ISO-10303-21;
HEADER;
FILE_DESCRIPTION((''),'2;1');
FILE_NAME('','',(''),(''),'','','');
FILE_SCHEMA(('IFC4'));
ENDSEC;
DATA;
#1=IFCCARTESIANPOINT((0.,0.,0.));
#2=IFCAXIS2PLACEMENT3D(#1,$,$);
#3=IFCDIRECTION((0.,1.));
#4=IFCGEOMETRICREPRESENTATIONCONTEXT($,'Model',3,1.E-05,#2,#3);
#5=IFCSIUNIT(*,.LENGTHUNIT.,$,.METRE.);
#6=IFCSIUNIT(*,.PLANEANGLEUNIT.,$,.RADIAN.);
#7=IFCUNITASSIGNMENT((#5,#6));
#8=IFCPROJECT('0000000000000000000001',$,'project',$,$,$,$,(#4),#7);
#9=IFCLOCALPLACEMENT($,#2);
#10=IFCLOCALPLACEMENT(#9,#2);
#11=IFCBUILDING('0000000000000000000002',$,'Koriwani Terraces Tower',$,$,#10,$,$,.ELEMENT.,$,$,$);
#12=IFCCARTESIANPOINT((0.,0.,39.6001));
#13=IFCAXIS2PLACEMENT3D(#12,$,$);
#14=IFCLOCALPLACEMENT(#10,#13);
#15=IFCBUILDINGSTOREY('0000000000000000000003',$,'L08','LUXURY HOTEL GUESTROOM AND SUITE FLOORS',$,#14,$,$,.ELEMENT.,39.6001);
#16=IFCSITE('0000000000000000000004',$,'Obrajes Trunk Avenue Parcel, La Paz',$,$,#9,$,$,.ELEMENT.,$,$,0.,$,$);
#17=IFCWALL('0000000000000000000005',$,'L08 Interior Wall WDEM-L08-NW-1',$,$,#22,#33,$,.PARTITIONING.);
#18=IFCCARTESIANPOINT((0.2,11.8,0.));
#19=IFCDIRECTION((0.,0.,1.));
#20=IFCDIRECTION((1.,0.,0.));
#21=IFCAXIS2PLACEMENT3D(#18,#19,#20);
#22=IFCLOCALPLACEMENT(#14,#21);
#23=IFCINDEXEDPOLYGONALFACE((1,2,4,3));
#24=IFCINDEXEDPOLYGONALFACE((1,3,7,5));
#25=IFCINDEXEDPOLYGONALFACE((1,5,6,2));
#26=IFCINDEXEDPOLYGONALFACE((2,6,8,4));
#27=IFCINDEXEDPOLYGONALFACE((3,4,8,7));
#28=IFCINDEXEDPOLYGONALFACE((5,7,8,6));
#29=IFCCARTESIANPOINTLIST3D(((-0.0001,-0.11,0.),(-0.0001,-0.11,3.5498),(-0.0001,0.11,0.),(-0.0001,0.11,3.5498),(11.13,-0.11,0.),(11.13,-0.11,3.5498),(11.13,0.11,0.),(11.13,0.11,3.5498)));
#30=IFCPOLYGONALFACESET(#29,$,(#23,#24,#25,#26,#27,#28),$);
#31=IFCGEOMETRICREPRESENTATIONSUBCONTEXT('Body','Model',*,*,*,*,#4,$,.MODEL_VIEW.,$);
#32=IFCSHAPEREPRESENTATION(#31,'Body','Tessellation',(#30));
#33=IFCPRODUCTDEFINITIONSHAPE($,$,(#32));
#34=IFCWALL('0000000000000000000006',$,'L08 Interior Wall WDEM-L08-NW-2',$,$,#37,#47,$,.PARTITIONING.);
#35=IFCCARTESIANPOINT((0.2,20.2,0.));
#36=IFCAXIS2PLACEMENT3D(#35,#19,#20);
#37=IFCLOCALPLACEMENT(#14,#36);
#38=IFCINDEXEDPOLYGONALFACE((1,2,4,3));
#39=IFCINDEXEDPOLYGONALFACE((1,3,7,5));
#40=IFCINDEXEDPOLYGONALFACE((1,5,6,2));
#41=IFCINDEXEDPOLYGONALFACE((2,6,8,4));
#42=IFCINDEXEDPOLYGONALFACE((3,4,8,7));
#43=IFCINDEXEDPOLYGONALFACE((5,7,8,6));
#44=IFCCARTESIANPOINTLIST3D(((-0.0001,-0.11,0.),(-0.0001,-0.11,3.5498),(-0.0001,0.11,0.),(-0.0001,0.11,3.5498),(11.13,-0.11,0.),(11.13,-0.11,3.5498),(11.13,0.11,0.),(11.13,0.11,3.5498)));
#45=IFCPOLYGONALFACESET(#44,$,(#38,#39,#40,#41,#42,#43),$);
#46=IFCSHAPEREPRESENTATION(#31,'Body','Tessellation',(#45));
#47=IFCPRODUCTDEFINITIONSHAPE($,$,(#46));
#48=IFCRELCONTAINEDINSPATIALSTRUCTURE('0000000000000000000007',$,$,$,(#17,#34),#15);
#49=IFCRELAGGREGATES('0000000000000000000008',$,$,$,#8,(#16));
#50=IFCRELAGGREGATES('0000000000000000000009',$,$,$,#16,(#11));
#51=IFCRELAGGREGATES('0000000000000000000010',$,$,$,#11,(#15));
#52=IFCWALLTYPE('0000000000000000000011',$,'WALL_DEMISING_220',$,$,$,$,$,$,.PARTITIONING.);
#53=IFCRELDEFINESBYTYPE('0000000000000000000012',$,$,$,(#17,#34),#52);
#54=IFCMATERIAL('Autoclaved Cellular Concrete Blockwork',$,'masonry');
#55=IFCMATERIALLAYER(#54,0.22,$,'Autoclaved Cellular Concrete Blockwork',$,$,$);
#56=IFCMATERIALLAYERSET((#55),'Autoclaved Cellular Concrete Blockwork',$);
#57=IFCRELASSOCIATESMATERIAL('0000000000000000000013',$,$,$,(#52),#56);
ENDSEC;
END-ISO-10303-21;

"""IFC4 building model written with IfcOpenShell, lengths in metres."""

from ifc_helpers import new_model, si_unit, direction, frame, frame_2d, origin, place, context, subcontext, project, spatial, rectangle, extrude, material, layer, layer_set, type_object, element, save


model = new_model("IFC4")

# Units and contexts
model_context = context("Model", 3, precision=1e-05, world=origin(), true_north=direction((0.0, 1.0)))
body_context = subcontext(model_context, "Body", "Model", "MODEL_VIEW")
ifc_project = project(units=[si_unit("LENGTHUNIT", "METRE"), si_unit("PLANEANGLEUNIT", "RADIAN")], contexts=[model_context])

# Site, building, storey
site_placement = place(None, origin())
site = spatial("IfcSite", under=ifc_project, at=site_placement, Name="Obrajes Trunk Avenue Parcel, La Paz", CompositionType="ELEMENT", RefElevation=0.0)
building_placement = place(site_placement, origin())
building = spatial("IfcBuilding", under=site, at=building_placement, Name="Koriwani Terraces Tower", CompositionType="ELEMENT")
storey_placement = place(building_placement, frame((0.0, 0.0, 39.6001)))
storey = spatial("IfcBuildingStorey", under=building, at=storey_placement, Name="L08", Description="LUXURY HOTEL GUESTROOM AND SUITE FLOORS", CompositionType="ELEMENT", Elevation=39.6001)

# Shared definitions
ifc_material_1 = material(Name="Autoclaved Cellular Concrete Blockwork", Category="masonry")

# Walls
ifc_layer_1 = layer(ifc_material_1, 0.22, Name="Autoclaved Cellular Concrete Blockwork")
ifc_layer_set_1 = layer_set([ifc_layer_1], Name="Autoclaved Cellular Concrete Blockwork")
wall_type_1 = type_object("IfcWallType", Name="WALL_DEMISING_220", PredefinedType="PARTITIONING", material=ifc_layer_set_1)
for number, where, z_axis, x_axis, name in (
    (1, (0.2, 11.8, 0.0), (0.0, 0.0, 1.0), (1.0, 0.0, 0.0), "L08 Interior Wall WDEM-L08-NW-1"),
    (2, (0.2, 20.2, 0.0), (0.0, 0.0, 1.0), (1.0, 0.0, 0.0), "L08 Interior Wall WDEM-L08-NW-2"),
):
    element("IfcWall", number, at=place(storey_placement, frame(where, z_axis=z_axis, x_axis=x_axis)), inside=storey, type_object=wall_type_1, Name=name, PredefinedType="PARTITIONING", context=body_context, shape_type="SweptSolid", body=[
        extrude(rectangle(XDim=11.1301, YDim=0.22, at=frame_2d((5.5649, 0.0))), origin(), (0.0, 0.0, 1.0), 3.5498),
    ])

save(model, "model.ifc")
